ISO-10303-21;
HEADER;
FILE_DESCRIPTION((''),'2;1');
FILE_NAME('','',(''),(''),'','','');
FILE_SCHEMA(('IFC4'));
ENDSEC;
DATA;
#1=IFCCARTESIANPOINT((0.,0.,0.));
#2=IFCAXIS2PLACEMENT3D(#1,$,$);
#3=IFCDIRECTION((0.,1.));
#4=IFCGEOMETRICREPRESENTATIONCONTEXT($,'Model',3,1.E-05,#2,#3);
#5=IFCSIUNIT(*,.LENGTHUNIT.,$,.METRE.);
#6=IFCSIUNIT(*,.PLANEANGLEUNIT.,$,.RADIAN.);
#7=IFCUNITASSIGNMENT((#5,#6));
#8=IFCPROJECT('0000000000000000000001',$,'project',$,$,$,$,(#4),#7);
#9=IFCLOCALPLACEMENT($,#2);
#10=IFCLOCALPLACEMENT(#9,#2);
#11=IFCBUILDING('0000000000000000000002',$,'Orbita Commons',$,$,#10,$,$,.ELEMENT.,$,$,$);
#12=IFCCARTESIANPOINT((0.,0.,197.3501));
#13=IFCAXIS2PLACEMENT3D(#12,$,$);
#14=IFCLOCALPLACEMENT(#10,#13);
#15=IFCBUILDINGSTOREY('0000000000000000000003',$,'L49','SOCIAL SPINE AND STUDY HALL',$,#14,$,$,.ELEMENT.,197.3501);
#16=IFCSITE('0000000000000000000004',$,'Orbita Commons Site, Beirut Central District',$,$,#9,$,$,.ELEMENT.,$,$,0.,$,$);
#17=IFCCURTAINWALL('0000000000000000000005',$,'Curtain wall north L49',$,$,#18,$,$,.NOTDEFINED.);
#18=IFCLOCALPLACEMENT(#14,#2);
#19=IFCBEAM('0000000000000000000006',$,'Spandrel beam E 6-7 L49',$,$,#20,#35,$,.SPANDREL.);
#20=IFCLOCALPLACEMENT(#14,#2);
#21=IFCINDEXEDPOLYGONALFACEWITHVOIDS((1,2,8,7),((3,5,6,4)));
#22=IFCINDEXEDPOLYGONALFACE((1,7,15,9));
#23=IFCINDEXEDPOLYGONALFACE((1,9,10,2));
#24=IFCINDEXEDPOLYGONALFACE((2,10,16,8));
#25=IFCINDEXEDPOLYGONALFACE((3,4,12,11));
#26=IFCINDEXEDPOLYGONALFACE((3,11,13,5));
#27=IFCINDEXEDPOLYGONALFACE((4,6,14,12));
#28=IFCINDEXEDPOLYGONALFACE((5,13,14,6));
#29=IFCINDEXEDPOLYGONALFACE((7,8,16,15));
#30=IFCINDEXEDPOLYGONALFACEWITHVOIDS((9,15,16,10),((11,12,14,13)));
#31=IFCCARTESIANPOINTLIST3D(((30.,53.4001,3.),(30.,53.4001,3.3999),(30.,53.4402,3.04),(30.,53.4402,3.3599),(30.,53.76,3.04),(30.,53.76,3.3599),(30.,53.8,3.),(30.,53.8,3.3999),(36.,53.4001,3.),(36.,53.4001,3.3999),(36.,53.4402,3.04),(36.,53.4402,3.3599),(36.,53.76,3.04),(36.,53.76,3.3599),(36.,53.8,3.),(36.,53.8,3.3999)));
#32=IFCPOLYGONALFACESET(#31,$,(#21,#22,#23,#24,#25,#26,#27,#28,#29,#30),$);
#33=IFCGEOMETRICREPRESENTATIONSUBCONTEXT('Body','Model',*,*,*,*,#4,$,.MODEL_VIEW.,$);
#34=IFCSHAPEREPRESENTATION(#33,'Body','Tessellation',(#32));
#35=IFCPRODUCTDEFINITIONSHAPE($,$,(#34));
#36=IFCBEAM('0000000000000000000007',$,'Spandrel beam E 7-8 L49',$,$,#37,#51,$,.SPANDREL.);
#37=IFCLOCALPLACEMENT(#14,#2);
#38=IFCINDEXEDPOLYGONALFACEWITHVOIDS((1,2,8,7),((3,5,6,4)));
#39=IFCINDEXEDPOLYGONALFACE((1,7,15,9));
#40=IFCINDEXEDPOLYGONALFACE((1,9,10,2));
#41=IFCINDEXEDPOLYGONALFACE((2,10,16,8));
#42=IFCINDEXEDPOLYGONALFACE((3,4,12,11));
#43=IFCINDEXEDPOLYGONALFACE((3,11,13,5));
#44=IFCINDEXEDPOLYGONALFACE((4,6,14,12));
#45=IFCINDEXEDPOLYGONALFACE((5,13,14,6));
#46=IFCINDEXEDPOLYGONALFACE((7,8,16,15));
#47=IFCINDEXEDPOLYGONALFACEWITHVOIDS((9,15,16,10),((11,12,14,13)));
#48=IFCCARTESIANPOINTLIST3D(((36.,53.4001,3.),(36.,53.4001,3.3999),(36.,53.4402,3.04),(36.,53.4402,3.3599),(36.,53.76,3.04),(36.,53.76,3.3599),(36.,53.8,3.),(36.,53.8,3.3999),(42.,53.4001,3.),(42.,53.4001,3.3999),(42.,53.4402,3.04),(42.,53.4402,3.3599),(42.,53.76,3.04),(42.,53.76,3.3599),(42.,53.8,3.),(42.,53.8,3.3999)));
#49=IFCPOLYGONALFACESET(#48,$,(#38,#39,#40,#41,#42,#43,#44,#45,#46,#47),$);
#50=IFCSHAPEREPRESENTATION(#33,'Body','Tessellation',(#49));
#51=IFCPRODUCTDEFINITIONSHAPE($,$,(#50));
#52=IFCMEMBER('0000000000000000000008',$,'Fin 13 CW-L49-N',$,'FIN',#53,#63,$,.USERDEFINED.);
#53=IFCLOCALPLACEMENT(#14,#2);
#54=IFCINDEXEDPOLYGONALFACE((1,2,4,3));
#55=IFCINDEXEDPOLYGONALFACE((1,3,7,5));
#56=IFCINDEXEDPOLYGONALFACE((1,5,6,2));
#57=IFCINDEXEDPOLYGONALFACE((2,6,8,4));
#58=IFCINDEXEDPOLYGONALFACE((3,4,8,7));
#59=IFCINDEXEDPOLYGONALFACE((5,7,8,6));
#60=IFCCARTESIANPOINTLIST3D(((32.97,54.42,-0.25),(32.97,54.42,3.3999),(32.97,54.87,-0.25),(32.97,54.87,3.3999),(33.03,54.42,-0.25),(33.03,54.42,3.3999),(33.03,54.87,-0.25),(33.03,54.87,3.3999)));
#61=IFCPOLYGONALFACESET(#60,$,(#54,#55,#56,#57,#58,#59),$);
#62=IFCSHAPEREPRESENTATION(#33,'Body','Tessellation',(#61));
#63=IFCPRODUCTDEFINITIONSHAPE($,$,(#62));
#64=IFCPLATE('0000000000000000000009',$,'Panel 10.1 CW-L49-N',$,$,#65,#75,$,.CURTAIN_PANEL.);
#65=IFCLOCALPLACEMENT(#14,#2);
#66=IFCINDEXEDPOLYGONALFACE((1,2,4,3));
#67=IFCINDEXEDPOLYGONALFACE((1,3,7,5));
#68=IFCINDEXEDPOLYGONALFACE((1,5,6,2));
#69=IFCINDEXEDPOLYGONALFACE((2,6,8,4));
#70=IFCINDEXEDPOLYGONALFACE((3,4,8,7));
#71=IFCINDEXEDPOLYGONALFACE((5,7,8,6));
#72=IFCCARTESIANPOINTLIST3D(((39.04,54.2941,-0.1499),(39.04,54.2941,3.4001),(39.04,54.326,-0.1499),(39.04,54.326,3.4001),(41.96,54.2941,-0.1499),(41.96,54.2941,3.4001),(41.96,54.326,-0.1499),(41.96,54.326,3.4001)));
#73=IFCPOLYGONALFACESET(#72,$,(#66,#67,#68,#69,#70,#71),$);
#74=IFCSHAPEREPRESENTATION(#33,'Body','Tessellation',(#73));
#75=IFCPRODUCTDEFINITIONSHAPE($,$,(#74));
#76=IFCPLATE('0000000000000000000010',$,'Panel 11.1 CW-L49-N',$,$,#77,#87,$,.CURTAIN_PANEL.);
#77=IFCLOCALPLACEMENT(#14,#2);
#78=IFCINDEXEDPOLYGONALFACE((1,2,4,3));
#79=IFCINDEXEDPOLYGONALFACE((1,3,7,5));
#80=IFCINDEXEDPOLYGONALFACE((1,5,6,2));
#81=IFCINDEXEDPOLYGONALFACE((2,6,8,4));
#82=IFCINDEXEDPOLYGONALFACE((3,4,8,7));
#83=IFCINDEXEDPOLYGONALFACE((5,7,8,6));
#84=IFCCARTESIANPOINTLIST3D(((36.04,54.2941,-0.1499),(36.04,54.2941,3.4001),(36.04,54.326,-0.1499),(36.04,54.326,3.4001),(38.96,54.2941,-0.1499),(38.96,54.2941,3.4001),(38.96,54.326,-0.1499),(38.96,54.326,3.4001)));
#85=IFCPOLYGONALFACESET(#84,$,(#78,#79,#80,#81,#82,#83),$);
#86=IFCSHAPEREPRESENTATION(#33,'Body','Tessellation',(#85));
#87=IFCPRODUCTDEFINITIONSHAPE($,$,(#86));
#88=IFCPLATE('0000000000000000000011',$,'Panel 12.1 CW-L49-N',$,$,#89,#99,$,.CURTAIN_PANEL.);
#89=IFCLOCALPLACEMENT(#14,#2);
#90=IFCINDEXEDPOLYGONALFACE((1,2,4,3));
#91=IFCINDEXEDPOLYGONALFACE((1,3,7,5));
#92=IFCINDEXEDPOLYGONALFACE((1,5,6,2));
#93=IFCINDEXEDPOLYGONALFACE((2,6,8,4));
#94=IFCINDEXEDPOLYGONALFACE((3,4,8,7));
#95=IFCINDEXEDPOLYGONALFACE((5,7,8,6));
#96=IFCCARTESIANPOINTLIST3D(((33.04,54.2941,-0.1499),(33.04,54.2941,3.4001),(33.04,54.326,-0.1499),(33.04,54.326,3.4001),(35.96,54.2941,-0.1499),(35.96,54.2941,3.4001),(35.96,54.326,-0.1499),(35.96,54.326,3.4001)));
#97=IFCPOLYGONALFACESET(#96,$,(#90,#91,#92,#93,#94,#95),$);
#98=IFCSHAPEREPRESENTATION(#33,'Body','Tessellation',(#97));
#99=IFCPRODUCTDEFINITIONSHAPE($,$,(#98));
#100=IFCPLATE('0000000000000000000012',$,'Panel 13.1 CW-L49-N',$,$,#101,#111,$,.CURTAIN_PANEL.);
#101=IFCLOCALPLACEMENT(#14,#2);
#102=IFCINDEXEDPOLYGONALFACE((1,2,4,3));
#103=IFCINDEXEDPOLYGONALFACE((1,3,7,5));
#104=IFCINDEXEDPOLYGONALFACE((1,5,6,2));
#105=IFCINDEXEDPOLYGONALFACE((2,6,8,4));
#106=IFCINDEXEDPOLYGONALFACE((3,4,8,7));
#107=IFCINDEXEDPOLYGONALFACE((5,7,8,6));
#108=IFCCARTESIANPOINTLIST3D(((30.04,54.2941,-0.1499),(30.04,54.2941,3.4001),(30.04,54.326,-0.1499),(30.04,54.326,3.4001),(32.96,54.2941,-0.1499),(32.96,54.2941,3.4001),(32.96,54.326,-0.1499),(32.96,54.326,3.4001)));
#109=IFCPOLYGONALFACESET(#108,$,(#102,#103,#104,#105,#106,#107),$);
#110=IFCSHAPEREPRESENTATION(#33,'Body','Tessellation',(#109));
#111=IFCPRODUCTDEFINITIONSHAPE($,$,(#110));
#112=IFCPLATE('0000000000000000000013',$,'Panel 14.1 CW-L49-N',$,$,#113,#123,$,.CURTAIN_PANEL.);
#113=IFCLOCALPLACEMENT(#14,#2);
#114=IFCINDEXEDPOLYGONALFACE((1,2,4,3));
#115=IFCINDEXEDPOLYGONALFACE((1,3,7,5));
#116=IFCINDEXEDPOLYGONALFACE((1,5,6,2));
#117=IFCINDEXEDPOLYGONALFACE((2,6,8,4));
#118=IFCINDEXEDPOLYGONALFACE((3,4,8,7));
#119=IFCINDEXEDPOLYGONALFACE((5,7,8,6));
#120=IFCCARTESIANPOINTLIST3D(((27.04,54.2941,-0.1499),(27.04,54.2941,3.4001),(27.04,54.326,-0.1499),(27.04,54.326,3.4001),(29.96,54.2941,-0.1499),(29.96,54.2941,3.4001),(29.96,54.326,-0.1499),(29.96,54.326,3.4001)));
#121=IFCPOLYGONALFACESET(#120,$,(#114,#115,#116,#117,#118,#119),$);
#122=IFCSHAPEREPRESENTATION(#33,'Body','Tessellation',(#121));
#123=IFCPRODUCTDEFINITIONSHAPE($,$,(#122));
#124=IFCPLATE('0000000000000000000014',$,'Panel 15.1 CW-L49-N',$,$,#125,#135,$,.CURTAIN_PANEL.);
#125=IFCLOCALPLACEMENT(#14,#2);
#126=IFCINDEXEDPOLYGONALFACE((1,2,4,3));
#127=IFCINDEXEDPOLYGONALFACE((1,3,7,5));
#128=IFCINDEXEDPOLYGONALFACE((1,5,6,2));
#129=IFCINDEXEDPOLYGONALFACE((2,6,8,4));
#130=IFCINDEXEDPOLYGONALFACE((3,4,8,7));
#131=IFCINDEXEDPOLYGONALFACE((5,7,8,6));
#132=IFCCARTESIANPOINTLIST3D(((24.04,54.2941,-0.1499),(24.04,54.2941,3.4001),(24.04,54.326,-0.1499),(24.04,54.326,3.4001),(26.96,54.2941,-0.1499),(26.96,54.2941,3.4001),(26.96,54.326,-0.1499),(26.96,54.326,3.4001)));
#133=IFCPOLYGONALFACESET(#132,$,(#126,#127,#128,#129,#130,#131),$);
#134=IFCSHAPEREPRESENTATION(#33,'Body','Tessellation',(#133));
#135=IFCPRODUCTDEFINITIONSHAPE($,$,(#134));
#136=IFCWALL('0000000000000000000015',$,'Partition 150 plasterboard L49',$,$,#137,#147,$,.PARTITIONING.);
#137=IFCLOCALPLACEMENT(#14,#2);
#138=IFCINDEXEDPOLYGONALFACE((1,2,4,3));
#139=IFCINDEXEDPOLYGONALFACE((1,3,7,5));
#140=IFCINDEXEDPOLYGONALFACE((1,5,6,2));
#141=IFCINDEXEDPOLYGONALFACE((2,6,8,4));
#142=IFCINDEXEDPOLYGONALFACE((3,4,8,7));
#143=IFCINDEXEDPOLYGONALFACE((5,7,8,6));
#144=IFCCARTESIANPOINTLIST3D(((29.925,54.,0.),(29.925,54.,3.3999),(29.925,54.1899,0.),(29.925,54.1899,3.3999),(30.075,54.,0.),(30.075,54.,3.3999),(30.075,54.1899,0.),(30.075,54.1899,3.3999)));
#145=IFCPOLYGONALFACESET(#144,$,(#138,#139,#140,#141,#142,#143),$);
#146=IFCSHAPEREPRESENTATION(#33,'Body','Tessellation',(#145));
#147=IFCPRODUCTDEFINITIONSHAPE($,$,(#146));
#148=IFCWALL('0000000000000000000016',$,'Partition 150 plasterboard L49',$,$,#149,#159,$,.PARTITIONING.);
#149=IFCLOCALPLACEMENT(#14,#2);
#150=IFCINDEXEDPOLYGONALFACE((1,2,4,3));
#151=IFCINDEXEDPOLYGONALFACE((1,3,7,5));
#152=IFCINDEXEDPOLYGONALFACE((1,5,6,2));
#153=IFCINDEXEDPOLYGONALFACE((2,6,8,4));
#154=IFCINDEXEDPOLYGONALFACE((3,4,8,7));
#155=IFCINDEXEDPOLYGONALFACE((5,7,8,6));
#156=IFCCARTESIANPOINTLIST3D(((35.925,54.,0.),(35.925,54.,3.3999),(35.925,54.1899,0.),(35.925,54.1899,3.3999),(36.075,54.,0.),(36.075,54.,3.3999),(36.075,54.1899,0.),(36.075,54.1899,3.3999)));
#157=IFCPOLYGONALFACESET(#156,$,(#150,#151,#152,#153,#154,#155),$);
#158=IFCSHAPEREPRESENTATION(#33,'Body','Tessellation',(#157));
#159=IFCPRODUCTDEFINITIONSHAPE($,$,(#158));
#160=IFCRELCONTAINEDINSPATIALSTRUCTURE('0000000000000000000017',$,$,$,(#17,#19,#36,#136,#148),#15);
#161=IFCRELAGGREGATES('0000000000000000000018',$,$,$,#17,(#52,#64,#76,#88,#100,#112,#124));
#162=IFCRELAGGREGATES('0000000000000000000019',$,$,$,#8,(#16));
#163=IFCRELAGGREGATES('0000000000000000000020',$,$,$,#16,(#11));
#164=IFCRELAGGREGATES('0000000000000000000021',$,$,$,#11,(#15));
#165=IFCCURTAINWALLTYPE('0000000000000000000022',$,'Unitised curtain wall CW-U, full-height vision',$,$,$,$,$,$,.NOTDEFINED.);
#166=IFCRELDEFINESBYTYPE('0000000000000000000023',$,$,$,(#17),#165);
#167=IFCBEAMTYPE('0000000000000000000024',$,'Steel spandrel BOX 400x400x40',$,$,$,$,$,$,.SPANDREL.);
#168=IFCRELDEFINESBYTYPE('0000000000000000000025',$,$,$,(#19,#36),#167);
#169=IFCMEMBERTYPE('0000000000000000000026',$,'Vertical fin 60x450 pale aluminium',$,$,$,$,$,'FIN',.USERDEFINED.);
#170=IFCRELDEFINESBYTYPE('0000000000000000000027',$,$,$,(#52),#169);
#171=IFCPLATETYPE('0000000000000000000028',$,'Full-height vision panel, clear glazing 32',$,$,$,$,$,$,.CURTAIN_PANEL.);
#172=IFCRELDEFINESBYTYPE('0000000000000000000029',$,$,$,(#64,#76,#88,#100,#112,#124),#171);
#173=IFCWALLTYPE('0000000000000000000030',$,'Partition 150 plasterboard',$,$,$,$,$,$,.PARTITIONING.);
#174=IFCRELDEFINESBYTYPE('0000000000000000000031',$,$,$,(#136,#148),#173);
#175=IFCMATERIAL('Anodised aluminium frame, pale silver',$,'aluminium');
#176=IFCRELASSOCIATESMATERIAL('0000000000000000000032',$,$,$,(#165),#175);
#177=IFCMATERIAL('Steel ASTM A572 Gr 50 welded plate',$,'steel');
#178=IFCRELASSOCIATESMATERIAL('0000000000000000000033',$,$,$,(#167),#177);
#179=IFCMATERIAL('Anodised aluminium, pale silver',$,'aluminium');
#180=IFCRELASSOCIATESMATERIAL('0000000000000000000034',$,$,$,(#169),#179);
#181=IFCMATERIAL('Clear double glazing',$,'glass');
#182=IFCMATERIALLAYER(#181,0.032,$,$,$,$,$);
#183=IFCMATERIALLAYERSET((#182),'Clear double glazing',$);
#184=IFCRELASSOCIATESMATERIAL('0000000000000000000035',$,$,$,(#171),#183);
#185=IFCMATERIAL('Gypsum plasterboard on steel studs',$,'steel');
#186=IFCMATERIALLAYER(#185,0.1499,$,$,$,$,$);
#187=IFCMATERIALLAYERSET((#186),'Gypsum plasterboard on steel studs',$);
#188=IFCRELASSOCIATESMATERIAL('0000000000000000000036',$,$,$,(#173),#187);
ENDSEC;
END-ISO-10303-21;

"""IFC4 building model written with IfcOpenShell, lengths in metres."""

from ifc_helpers import new_model, si_unit, direction, frame, frame_2d, origin, origin_2d, place, context, subcontext, project, spatial, rectangle, hollow_rectangle, extrude, material, layer, layer_set, material_profile, profile_set, type_object, element, aggregate, save


model = new_model("IFC4")

# Units and contexts
model_context = context("Model", 3, precision=1e-05, world=origin(), true_north=direction((0.0, 1.0)))
body_context = subcontext(model_context, "Body", "Model", "MODEL_VIEW")
ifc_project = project(units=[si_unit("LENGTHUNIT", "METRE"), si_unit("PLANEANGLEUNIT", "RADIAN")], contexts=[model_context])

# Site, building, storey
site_placement = place(None, origin())
site = spatial("IfcSite", under=ifc_project, at=site_placement, Name="Orbita Commons Site, Beirut Central District", CompositionType="ELEMENT", RefElevation=0.0)
building_placement = place(site_placement, origin())
building = spatial("IfcBuilding", under=site, at=building_placement, Name="Orbita Commons", CompositionType="ELEMENT")
storey_placement = place(building_placement, frame((0.0, 0.0, 197.3501)))
storey = spatial("IfcBuildingStorey", under=building, at=storey_placement, Name="L49", Description="SOCIAL SPINE AND STUDY HALL", CompositionType="ELEMENT", Elevation=197.3501)

# Curtain wall
ifc_material_1 = material(Name="Anodised aluminium frame, pale silver", Category="aluminium")
curtain_wall_type = type_object("IfcCurtainWallType", Name="Unitised curtain wall CW-U, full-height vision", PredefinedType="NOTDEFINED", material=ifc_material_1)
curtain_wall_placement = place(storey_placement, origin())
curtain_wall = element("IfcCurtainWall", 1, at=curtain_wall_placement, inside=storey, type_object=curtain_wall_type, Name="Curtain wall north L49", PredefinedType="NOTDEFINED")

# Beams
ifc_material_2 = material(Name="Steel ASTM A572 Gr 50 welded plate", Category="steel")
ifc_material_profile_1 = material_profile(ifc_material_2, hollow_rectangle(XDim=0.3999, YDim=0.3999, WallThickness=0.04, at=origin_2d()), Name="BOX 400x400x40")
ifc_profile_set_1 = profile_set([ifc_material_profile_1], Name="Steel ASTM A572 Gr 50 welded plate")
beam_type = type_object("IfcBeamType", Name="Steel spandrel BOX 400x400x40", PredefinedType="SPANDREL", material=ifc_profile_set_1)
for number, where, z_axis, x_axis, name in (
    (2, (30.0, 53.6001, 3.2), (1.0, 0.0, 0.0), (0.0, 1.0, 0.0), "Spandrel beam E 6-7 L49"),
    (3, (36.0, 53.6001, 3.2), (1.0, 0.0, 0.0), (0.0, 1.0, 0.0), "Spandrel beam E 7-8 L49"),
):
    element("IfcBeam", number, at=place(storey_placement, frame(where, z_axis=z_axis, x_axis=x_axis)), inside=storey, type_object=beam_type, Name=name, PredefinedType="SPANDREL", context=body_context, shape_type="SweptSolid", body=[
        extrude(hollow_rectangle(XDim=0.3999, YDim=0.3999, WallThickness=0.04, at=origin_2d()), origin(), (0.0, 0.0, 1.0), 6.0),
    ])

# Member
ifc_material_3 = material(Name="Anodised aluminium, pale silver", Category="aluminium")
ifc_material_profile_2 = material_profile(ifc_material_3, rectangle(XDim=0.0601, YDim=0.45, at=origin_2d()), Name="FIN 60x450")
ifc_profile_set_2 = profile_set([ifc_material_profile_2], Name="Anodised aluminium, pale silver")
member_type_1 = type_object("IfcMemberType", Name="Vertical fin 60x450 pale aluminium", ElementType="FIN", PredefinedType="USERDEFINED", material=ifc_profile_set_2)
member_1_placement = place(storey_placement, frame((33.0, 54.645, -0.25), z_axis=(0.0, 0.0, 1.0), x_axis=(-1.0, 0.0, 0.0)))
member_1 = element("IfcMember", 4, at=member_1_placement, type_object=member_type_1, Name="Fin 13 CW-L49-N", ObjectType="FIN", PredefinedType="USERDEFINED", context=body_context, shape_type="SweptSolid", body=[
    extrude(rectangle(XDim=0.0601, YDim=0.45, at=origin_2d()), origin(), (0.0, 0.0, 1.0), 3.6499),
])

# Plates
ifc_material_4 = material(Name="Clear double glazing", Category="glass")
ifc_layer_1 = layer(ifc_material_4, 0.032)
ifc_layer_set_1 = layer_set([ifc_layer_1], Name="Clear double glazing")
plate_type = type_object("IfcPlateType", Name="Full-height vision panel, clear glazing 32", PredefinedType="CURTAIN_PANEL", material=ifc_layer_set_1)
plate_1_placement = place(storey_placement, frame((40.5, 54.3101, -0.1499), z_axis=(0.0, 0.0, 1.0), x_axis=(-1.0, 0.0, 0.0)))
plate_1 = element("IfcPlate", 5, at=plate_1_placement, type_object=plate_type, Name="Panel 10.1 CW-L49-N", PredefinedType="CURTAIN_PANEL", context=body_context, shape_type="SweptSolid", body=[
    extrude(rectangle(XDim=2.9199, YDim=0.032, at=origin_2d()), origin(), (0.0, 0.0, 1.0), 3.55),
])
plate_2_placement = place(storey_placement, frame((37.5, 54.3101, -0.1499), z_axis=(0.0, 0.0, 1.0), x_axis=(-1.0, 0.0, 0.0)))
plate_2 = element("IfcPlate", 6, at=plate_2_placement, type_object=plate_type, Name="Panel 11.1 CW-L49-N", PredefinedType="CURTAIN_PANEL", context=body_context, shape_type="SweptSolid", body=[
    extrude(rectangle(XDim=2.9199, YDim=0.032, at=origin_2d()), origin(), (0.0, 0.0, 1.0), 3.55),
])
plate_3_placement = place(storey_placement, frame((34.5, 54.3101, -0.1499), z_axis=(0.0, 0.0, 1.0), x_axis=(-1.0, 0.0, 0.0)))
plate_3 = element("IfcPlate", 7, at=plate_3_placement, type_object=plate_type, Name="Panel 12.1 CW-L49-N", PredefinedType="CURTAIN_PANEL", context=body_context, shape_type="SweptSolid", body=[
    extrude(rectangle(XDim=2.9199, YDim=0.032, at=origin_2d()), origin(), (0.0, 0.0, 1.0), 3.55),
])
plate_4_placement = place(storey_placement, frame((31.5, 54.3101, -0.1499), z_axis=(0.0, 0.0, 1.0), x_axis=(-1.0, 0.0, 0.0)))
plate_4 = element("IfcPlate", 8, at=plate_4_placement, type_object=plate_type, Name="Panel 13.1 CW-L49-N", PredefinedType="CURTAIN_PANEL", context=body_context, shape_type="SweptSolid", body=[
    extrude(rectangle(XDim=2.9199, YDim=0.032, at=origin_2d()), origin(), (0.0, 0.0, 1.0), 3.55),
])
plate_5_placement = place(storey_placement, frame((28.5, 54.3101, -0.1499), z_axis=(0.0, 0.0, 1.0), x_axis=(-1.0, 0.0, 0.0)))
plate_5 = element("IfcPlate", 9, at=plate_5_placement, type_object=plate_type, Name="Panel 14.1 CW-L49-N", PredefinedType="CURTAIN_PANEL", context=body_context, shape_type="SweptSolid", body=[
    extrude(rectangle(XDim=2.9199, YDim=0.032, at=origin_2d()), origin(), (0.0, 0.0, 1.0), 3.55),
])
plate_6_placement = place(storey_placement, frame((25.5, 54.3101, -0.1499), z_axis=(0.0, 0.0, 1.0), x_axis=(-1.0, 0.0, 0.0)))
plate_6 = element("IfcPlate", 10, at=plate_6_placement, type_object=plate_type, Name="Panel 15.1 CW-L49-N", PredefinedType="CURTAIN_PANEL", context=body_context, shape_type="SweptSolid", body=[
    extrude(rectangle(XDim=2.9199, YDim=0.032, at=origin_2d()), origin(), (0.0, 0.0, 1.0), 3.55),
])
aggregate(curtain_wall, [member_1, plate_1, plate_2, plate_3, plate_4, plate_5, plate_6])

# Walls
ifc_material_5 = material(Name="Gypsum plasterboard on steel studs", Category="steel")
ifc_layer_2 = layer(ifc_material_5, 0.1499)
ifc_layer_set_2 = layer_set([ifc_layer_2], Name="Gypsum plasterboard on steel studs")
wall_type = type_object("IfcWallType", Name="Partition 150 plasterboard", PredefinedType="PARTITIONING", material=ifc_layer_set_2)
for number, where, z_axis, x_axis, name in (
    (11, (30.0, 54.0, 0.0), (0.0, 0.0, 1.0), (0.0, 1.0, 0.0), "Partition 150 plasterboard L49"),
    (12, (36.0, 54.0, 0.0), (0.0, 0.0, 1.0), (0.0, 1.0, 0.0), "Partition 150 plasterboard L49"),
):
    element("IfcWall", number, at=place(storey_placement, frame(where, z_axis=z_axis, x_axis=x_axis)), inside=storey, type_object=wall_type, Name=name, PredefinedType="PARTITIONING", context=body_context, shape_type="SweptSolid", body=[
        extrude(rectangle(XDim=0.1899, YDim=0.1499, at=frame_2d((0.095, 0.0))), origin(), (0.0, 0.0, 1.0), 3.3999),
    ])

save(model, "model.ifc")
